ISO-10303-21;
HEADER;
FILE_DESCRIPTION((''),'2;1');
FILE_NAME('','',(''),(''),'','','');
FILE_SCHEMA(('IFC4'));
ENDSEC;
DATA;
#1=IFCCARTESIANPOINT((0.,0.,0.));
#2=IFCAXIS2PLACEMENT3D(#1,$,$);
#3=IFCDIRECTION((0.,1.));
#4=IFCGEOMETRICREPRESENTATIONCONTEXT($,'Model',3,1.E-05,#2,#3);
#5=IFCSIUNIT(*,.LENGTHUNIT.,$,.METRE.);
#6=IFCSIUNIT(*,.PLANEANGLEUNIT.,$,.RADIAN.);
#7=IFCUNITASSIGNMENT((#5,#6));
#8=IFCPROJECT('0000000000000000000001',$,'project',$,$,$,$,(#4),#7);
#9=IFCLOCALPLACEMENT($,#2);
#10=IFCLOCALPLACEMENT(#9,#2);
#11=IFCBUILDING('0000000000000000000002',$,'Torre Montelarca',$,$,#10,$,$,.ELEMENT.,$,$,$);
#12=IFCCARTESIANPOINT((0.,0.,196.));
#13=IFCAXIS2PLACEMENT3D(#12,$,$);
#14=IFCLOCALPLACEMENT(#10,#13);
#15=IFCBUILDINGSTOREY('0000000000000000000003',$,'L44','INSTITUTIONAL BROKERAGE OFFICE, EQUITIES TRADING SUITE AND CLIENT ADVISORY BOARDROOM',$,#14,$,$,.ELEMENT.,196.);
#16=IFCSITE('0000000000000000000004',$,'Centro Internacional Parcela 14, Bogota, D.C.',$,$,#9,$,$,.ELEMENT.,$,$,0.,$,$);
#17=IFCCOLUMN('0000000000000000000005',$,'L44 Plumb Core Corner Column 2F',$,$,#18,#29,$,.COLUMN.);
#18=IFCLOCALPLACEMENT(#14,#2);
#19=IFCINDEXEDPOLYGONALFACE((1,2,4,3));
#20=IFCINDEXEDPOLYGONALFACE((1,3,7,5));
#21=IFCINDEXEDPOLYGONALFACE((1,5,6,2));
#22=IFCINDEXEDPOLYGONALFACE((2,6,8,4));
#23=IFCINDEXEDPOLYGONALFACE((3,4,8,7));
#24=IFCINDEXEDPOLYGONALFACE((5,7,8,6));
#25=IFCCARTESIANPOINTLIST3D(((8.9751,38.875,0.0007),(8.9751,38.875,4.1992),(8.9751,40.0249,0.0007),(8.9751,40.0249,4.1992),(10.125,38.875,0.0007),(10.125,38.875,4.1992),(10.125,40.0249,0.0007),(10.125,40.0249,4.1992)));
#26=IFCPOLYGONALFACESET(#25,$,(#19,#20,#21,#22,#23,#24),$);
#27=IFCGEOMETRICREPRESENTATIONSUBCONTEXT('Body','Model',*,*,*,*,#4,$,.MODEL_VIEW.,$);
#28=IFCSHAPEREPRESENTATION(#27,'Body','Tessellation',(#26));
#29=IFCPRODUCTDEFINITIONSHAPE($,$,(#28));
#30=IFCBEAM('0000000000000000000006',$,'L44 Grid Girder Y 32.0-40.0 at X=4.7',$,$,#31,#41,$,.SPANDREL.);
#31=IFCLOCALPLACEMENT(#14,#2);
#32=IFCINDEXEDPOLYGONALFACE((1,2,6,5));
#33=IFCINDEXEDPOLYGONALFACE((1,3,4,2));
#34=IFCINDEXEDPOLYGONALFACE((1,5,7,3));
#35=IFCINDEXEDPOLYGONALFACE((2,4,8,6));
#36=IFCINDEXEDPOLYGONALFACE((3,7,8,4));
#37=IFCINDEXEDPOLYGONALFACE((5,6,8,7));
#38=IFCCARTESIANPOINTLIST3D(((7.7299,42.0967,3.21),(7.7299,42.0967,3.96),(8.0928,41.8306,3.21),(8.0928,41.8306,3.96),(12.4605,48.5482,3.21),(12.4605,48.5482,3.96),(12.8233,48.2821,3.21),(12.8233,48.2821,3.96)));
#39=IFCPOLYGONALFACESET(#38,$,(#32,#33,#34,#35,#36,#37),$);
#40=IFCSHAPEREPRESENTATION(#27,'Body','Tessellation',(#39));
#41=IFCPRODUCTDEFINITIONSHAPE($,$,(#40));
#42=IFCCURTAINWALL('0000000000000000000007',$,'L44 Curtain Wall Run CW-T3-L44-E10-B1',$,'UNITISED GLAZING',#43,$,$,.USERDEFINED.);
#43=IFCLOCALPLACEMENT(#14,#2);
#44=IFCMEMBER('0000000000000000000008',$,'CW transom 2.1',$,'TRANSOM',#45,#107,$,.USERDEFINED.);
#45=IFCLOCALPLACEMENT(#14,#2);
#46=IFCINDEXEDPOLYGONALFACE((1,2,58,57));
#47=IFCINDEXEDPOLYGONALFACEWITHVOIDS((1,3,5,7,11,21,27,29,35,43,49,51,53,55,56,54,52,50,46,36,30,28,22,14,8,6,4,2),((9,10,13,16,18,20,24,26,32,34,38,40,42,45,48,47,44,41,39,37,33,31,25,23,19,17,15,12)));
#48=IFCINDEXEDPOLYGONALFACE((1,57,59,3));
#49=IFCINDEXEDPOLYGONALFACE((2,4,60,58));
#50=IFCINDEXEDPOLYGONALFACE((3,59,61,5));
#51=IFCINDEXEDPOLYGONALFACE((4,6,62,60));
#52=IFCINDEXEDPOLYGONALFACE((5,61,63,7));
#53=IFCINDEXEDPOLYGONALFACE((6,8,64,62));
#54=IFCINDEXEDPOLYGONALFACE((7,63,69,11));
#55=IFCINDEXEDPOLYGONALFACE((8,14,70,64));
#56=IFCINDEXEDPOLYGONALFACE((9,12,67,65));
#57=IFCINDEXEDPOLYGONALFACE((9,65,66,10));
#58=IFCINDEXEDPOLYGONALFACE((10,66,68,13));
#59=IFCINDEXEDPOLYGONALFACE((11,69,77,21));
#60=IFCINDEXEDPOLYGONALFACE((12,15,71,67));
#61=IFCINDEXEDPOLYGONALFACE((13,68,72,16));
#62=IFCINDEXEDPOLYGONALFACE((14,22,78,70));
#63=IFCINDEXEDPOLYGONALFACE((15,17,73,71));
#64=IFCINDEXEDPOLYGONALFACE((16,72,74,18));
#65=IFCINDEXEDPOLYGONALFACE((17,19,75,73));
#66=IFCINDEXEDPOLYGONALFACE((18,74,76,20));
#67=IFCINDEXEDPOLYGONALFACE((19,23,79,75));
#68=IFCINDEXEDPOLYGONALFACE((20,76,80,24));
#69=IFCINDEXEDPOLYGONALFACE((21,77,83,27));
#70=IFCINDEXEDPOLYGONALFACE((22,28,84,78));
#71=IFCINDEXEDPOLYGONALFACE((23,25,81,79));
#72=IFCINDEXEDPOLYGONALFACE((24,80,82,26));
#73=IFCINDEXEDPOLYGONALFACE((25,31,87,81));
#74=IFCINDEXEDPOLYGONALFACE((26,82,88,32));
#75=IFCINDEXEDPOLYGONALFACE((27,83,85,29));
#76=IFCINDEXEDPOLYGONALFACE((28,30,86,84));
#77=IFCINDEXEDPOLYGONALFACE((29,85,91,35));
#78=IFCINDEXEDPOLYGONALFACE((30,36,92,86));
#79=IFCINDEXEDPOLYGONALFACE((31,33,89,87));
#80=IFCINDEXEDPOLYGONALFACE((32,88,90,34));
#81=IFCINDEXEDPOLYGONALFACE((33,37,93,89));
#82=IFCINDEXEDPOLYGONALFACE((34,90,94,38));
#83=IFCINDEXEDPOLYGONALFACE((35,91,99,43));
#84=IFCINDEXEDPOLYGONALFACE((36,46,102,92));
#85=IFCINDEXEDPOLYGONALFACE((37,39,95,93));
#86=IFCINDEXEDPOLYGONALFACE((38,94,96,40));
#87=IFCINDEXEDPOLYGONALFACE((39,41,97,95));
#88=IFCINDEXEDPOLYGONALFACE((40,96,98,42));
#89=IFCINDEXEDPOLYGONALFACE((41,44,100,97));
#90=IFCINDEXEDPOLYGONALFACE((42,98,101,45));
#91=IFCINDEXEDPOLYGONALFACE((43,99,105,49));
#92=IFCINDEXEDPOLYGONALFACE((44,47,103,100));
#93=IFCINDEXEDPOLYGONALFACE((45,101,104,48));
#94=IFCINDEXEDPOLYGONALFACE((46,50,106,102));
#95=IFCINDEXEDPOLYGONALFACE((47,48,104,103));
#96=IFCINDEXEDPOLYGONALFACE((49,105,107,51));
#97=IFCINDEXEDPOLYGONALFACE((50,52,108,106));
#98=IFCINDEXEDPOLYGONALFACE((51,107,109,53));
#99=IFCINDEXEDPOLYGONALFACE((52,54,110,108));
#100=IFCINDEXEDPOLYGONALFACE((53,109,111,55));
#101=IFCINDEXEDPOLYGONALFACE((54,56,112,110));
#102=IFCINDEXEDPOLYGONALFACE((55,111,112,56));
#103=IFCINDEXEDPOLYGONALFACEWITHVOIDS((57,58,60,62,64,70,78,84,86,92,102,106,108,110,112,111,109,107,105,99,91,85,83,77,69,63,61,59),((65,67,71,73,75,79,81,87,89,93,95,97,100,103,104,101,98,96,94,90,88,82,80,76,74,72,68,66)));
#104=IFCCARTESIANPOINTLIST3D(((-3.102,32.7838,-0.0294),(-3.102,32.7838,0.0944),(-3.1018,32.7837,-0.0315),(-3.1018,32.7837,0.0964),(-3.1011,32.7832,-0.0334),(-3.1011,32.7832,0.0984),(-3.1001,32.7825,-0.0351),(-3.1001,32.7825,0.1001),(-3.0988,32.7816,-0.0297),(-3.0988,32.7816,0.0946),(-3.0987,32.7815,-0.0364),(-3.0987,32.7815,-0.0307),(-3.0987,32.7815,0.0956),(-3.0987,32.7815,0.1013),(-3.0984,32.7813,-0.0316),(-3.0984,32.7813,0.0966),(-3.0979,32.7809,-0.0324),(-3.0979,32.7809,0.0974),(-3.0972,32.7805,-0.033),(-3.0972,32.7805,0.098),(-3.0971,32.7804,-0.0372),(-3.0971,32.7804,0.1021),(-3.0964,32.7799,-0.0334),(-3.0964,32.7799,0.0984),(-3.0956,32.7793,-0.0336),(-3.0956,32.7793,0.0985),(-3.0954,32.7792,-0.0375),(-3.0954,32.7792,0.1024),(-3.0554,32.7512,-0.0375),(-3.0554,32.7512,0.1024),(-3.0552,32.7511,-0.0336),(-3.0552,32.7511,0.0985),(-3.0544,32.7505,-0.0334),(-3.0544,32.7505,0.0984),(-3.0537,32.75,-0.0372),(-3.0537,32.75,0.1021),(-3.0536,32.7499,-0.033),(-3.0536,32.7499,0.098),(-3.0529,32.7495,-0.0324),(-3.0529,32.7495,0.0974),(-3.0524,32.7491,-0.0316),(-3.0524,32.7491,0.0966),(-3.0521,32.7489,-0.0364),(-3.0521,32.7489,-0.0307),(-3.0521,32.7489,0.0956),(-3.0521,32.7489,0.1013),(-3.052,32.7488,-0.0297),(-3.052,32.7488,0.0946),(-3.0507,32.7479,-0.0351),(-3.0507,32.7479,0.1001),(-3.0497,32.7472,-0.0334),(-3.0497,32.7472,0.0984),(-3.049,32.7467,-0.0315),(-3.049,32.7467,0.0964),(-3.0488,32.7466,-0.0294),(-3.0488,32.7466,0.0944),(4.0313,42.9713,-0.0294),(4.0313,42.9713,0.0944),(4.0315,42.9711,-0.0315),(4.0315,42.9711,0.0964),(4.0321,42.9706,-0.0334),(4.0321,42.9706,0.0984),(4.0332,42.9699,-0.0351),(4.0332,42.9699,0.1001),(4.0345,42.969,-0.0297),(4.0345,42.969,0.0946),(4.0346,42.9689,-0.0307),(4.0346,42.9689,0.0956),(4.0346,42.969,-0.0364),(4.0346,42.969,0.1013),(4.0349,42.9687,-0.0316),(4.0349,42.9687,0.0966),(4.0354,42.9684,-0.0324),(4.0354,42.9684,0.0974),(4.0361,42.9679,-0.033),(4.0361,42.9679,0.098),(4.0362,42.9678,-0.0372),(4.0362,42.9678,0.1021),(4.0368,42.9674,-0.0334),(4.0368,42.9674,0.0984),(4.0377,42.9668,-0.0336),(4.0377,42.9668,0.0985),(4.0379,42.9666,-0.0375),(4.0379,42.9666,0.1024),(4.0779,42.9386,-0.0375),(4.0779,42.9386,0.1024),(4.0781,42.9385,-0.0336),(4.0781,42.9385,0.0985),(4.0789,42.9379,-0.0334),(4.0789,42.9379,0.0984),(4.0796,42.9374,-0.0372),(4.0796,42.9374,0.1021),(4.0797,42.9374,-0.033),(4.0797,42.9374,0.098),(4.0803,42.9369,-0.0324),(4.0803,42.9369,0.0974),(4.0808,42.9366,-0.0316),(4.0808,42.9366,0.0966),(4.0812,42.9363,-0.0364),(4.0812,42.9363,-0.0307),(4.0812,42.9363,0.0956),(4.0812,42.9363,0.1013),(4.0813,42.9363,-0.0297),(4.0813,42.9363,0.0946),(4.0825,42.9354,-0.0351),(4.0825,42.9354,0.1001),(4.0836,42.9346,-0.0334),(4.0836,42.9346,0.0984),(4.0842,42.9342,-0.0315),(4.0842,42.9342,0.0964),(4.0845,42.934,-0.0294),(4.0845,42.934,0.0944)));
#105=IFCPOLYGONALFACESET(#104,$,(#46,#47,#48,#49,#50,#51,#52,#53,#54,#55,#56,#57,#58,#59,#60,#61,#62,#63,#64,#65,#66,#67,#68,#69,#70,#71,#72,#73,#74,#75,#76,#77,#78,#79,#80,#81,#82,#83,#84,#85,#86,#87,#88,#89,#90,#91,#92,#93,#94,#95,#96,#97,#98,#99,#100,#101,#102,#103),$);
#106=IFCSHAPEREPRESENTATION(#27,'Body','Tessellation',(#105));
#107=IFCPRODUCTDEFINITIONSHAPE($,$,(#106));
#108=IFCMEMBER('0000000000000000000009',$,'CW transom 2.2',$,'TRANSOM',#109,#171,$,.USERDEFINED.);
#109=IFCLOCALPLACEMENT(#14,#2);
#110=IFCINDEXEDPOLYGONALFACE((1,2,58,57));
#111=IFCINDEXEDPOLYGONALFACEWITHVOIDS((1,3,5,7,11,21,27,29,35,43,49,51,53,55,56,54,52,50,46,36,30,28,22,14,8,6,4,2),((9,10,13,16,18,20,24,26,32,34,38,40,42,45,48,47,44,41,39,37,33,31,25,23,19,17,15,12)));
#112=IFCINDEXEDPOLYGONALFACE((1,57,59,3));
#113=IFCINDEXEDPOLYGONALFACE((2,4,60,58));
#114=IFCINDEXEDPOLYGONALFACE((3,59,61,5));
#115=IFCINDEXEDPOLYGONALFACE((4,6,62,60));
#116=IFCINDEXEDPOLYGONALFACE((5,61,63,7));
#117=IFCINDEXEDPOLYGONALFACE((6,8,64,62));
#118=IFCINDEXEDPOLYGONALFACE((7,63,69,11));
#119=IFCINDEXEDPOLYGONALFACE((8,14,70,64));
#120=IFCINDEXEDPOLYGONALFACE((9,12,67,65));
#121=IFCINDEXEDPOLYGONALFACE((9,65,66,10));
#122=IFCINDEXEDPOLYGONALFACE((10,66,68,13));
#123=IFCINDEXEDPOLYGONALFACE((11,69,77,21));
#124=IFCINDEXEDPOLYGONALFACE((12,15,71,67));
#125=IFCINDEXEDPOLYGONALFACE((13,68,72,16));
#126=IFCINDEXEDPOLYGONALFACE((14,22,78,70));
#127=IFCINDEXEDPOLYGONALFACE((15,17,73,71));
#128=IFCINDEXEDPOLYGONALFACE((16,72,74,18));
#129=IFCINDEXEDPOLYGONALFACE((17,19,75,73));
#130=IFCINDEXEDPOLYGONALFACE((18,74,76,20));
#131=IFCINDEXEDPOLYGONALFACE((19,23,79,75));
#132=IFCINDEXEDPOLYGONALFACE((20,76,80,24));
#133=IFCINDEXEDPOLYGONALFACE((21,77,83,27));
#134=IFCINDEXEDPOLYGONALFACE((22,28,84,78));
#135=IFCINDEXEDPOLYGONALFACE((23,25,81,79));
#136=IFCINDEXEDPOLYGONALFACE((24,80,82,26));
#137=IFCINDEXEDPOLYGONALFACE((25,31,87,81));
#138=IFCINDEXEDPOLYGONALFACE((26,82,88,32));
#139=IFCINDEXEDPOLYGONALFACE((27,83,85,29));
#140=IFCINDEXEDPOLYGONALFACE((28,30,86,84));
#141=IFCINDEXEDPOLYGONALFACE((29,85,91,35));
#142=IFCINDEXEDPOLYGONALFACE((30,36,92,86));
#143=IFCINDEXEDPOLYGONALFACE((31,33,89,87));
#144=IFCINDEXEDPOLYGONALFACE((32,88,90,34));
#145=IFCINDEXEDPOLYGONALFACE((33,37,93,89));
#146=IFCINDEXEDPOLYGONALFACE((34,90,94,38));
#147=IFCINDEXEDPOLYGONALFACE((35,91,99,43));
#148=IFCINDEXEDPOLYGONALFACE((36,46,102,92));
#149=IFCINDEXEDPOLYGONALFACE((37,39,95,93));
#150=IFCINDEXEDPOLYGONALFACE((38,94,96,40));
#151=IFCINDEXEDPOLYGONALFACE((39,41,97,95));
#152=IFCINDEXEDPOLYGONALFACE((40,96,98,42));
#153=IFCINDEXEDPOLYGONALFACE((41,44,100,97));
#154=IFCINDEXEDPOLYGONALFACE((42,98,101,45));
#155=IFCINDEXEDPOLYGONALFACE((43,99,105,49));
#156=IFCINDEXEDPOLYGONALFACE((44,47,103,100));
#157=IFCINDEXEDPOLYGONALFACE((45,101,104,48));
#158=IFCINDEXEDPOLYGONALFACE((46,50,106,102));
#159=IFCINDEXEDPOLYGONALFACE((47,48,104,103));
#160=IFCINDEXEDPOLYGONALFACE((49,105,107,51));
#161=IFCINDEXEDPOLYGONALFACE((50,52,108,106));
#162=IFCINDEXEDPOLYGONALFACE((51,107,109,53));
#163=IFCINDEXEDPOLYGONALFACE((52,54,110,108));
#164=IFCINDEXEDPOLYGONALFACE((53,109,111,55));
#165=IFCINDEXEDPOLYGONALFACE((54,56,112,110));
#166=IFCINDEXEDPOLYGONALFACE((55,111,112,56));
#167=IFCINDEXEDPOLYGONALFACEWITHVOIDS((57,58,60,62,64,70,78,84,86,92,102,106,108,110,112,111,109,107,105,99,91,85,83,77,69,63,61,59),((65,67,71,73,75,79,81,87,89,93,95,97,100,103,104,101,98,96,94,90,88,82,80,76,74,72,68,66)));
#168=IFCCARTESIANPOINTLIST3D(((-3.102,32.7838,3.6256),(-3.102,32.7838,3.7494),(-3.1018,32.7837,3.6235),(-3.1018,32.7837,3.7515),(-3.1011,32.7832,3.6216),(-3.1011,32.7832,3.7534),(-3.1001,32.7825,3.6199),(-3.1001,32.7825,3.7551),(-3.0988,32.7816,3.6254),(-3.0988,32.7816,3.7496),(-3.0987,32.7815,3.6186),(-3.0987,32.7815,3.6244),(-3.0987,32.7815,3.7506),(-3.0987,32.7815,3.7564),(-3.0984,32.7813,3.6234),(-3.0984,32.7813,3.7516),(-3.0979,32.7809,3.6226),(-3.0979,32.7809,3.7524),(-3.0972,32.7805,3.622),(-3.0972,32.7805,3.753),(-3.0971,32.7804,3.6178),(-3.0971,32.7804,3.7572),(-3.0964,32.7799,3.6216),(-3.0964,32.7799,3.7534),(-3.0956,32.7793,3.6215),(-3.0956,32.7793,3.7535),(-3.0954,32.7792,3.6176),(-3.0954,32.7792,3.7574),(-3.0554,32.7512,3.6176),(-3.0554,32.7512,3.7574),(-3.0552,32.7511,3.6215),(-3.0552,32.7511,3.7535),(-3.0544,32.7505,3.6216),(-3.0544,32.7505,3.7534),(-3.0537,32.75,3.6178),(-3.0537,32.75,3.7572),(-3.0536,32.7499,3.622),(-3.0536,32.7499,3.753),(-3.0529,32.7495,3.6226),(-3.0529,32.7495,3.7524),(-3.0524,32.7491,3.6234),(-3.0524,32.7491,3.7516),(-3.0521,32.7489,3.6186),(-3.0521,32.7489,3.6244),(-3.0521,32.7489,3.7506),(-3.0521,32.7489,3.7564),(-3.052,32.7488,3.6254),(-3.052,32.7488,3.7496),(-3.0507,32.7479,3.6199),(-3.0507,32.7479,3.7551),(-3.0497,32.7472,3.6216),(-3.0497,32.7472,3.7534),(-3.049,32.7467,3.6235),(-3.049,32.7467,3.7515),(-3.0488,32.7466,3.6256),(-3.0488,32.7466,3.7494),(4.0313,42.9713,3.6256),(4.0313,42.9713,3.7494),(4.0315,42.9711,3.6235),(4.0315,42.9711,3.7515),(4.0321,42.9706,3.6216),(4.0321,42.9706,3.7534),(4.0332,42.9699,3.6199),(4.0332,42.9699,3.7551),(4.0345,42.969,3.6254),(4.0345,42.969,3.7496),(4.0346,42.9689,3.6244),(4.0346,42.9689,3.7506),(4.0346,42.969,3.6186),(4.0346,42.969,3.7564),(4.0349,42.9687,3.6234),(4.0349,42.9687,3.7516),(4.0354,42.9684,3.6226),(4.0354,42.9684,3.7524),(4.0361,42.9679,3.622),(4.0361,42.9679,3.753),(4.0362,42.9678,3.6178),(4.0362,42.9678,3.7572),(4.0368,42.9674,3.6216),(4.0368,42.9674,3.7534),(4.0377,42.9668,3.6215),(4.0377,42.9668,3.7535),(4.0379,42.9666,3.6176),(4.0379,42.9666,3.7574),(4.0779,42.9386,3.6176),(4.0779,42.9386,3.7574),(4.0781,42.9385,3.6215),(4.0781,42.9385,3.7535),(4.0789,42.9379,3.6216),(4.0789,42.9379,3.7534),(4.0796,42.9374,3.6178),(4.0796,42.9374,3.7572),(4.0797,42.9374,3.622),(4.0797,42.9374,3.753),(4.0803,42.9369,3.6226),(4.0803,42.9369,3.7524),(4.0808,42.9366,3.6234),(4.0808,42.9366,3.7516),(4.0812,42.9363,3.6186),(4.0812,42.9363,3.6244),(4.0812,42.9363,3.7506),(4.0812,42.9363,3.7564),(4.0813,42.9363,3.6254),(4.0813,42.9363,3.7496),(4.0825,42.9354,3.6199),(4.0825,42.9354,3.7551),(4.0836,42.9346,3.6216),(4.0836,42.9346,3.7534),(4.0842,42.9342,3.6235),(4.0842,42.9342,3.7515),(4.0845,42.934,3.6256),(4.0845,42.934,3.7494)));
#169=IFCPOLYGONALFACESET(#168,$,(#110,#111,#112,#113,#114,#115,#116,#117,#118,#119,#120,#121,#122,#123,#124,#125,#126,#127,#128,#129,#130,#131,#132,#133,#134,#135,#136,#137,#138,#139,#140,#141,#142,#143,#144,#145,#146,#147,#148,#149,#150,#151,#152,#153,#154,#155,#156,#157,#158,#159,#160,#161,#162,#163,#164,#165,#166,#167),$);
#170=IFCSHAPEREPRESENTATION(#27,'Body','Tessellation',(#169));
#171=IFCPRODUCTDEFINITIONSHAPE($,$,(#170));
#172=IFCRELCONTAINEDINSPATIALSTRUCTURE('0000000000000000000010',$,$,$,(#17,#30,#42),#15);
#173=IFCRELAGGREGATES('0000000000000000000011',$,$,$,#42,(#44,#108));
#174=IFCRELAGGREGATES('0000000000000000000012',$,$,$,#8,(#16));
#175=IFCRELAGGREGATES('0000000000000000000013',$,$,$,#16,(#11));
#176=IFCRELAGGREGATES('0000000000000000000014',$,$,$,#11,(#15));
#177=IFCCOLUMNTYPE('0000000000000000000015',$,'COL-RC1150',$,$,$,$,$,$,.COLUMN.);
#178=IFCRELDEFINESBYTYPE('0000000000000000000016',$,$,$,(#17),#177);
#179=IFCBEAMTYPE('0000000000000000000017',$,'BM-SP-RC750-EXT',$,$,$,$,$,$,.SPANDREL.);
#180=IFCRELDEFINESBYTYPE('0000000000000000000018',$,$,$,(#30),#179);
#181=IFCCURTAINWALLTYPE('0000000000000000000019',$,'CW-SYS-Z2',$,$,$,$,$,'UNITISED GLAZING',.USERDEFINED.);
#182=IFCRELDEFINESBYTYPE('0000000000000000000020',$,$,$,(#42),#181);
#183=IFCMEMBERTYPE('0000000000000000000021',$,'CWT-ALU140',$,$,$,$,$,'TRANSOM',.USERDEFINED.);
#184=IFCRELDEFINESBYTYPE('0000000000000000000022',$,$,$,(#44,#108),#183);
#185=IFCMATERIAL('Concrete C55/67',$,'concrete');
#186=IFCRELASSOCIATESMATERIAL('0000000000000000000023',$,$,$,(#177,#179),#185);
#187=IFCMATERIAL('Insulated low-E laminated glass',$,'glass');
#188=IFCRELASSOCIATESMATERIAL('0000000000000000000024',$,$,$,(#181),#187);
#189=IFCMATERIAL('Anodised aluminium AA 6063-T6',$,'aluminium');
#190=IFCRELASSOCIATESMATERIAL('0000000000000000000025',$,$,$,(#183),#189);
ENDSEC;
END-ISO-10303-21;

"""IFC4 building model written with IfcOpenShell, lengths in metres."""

from ifc_helpers import new_model, si_unit, direction, frame, origin, origin_2d, place, context, subcontext, project, spatial, rectangle, hollow_rectangle, extrude, source, transform, mapped, material, material_profile, profile_set, type_object, element, aggregate, save


model = new_model("IFC4")

# Units and contexts
model_context = context("Model", 3, precision=1e-05, world=origin(), true_north=direction((0.0, 1.0)))
body_context = subcontext(model_context, "Body", "Model", "MODEL_VIEW")
ifc_project = project(units=[si_unit("LENGTHUNIT", "METRE"), si_unit("PLANEANGLEUNIT", "RADIAN")], contexts=[model_context])

# Site, building, storey
site_placement = place(None, origin())
site = spatial("IfcSite", under=ifc_project, at=site_placement, Name="Centro Internacional Parcela 14, Bogota, D.C.", CompositionType="ELEMENT", RefElevation=0.0)
building_placement = place(site_placement, origin())
building = spatial("IfcBuilding", under=site, at=building_placement, Name="Torre Montelarca", CompositionType="ELEMENT")
storey_placement = place(building_placement, frame((0.0, 0.0, 196.0)))
storey = spatial("IfcBuildingStorey", under=building, at=storey_placement, Name="L44", Description="INSTITUTIONAL BROKERAGE OFFICE, EQUITIES TRADING SUITE AND CLIENT ADVISORY BOARDROOM", CompositionType="ELEMENT", Elevation=196.0)

# Column
ifc_material_1 = material(Name="Concrete C55/67", Category="concrete")
ifc_material_profile_1 = material_profile(ifc_material_1, rectangle(XDim=1.1499, YDim=1.1499, at=origin_2d()), Name="RC1150X1150", Category="concrete")
ifc_profile_set_1 = profile_set([ifc_material_profile_1], Name="Concrete C55/67")
column_type_1 = type_object("IfcColumnType", Name="COL-RC1150", PredefinedType="COLUMN", material=ifc_profile_set_1)
shared_shape_1 = source(origin(), body_context, "Body", "SweptSolid", [
    extrude(rectangle(XDim=1.1499, YDim=1.1499, at=origin_2d()), origin(), (0.0, 0.0, 1.0), 4.1985),
])
column_1_placement = place(storey_placement, frame((9.55, 39.45, 0.0007), z_axis=(0.0, 0.0, 1.0), x_axis=(1.0, 0.0, 0.0)))
element("IfcColumn", 1, at=column_1_placement, inside=storey, type_object=column_type_1, Name="L44 Plumb Core Corner Column 2F", PredefinedType="COLUMN", context=body_context, shape_type="MappedRepresentation", body=[
    mapped(shared_shape_1, transform((0.0, 0.0, 0.0), scale=1.0)),
])

# Beam
ifc_material_profile_2 = material_profile(ifc_material_1, rectangle(XDim=0.45, YDim=0.75, at=origin_2d()), Name="RCB450X750", Category="concrete")
ifc_profile_set_2 = profile_set([ifc_material_profile_2], Name="Concrete C55/67")
beam_type = type_object("IfcBeamType", Name="BM-SP-RC750-EXT", PredefinedType="SPANDREL", material=ifc_profile_set_2)
shared_shape_2 = source(origin(), body_context, "Body", "SweptSolid", [
    extrude(rectangle(XDim=0.45, YDim=0.75, at=origin_2d()), origin(), (0.0, 0.0, 1.0), 8.0),
])
beam_placement = place(storey_placement, frame((7.9114, 41.9636, 3.585), z_axis=(0.591317, 0.806439, 0.0), x_axis=(-0.806439, 0.591317, 0.0)))
element("IfcBeam", 2, at=beam_placement, inside=storey, type_object=beam_type, Name="L44 Grid Girder Y 32.0-40.0 at X=4.7", PredefinedType="SPANDREL", context=body_context, shape_type="MappedRepresentation", body=[
    mapped(shared_shape_2, transform((0.0, 0.0, 0.0), scale=1.0)),
])

# Curtain wall, members
ifc_material_2 = material(Name="Insulated low-E laminated glass", Category="glass")
curtain_wall_type = type_object("IfcCurtainWallType", Name="CW-SYS-Z2", ElementType="UNITISED GLAZING", PredefinedType="USERDEFINED", material=ifc_material_2)
curtain_wall_placement = place(storey_placement, origin())
curtain_wall = element("IfcCurtainWall", 3, at=curtain_wall_placement, inside=storey, type_object=curtain_wall_type, Name="L44 Curtain Wall Run CW-T3-L44-E10-B1", ObjectType="UNITISED GLAZING", PredefinedType="USERDEFINED")
ifc_material_3 = material(Name="Anodised aluminium AA 6063-T6", Category="aluminium")
ifc_material_profile_3 = material_profile(ifc_material_3, hollow_rectangle(XDim=0.0649, YDim=0.1399, WallThickness=0.0039, InnerFilletRadius=0.0039, OuterFilletRadius=0.0081, at=origin_2d()), Name="ALU65X140X4", Category="aluminium")
ifc_profile_set_3 = profile_set([ifc_material_profile_3], Name="Anodised aluminium AA 6063-T6")
member_type_1 = type_object("IfcMemberType", Name="CWT-ALU140", ElementType="TRANSOM", PredefinedType="USERDEFINED", material=ifc_profile_set_3)
shared_shape_3 = source(origin(), body_context, "Body", "SweptSolid", [
    extrude(hollow_rectangle(XDim=0.0649, YDim=0.1399, WallThickness=0.0039, InnerFilletRadius=0.0039, OuterFilletRadius=0.0081, at=origin_2d()), origin(), (0.0, 0.0, 1.0), 12.4365),
])
member_1_placement = place(storey_placement, frame((4.0579, 42.9526, 0.0325), z_axis=(-0.573573, -0.819154, 0.0), x_axis=(0.819154, -0.573573, 0.0)))
member_1 = element("IfcMember", 4, at=member_1_placement, type_object=member_type_1, Name="CW transom 2.1", ObjectType="TRANSOM", PredefinedType="USERDEFINED", context=body_context, shape_type="MappedRepresentation", body=[
    mapped(shared_shape_3, transform((0.0, 0.0, 0.0), scale=1.0)),
])
member_2_placement = place(storey_placement, frame((4.0579, 42.9526, 3.6875), z_axis=(-0.573573, -0.819154, 0.0), x_axis=(0.819154, -0.573573, 0.0)))
member_2 = element("IfcMember", 5, at=member_2_placement, type_object=member_type_1, Name="CW transom 2.2", ObjectType="TRANSOM", PredefinedType="USERDEFINED", context=body_context, shape_type="MappedRepresentation", body=[
    mapped(shared_shape_3, transform((0.0, 0.0, 0.0), scale=1.0)),
])
aggregate(curtain_wall, [member_1, member_2])

save(model, "model.ifc")
